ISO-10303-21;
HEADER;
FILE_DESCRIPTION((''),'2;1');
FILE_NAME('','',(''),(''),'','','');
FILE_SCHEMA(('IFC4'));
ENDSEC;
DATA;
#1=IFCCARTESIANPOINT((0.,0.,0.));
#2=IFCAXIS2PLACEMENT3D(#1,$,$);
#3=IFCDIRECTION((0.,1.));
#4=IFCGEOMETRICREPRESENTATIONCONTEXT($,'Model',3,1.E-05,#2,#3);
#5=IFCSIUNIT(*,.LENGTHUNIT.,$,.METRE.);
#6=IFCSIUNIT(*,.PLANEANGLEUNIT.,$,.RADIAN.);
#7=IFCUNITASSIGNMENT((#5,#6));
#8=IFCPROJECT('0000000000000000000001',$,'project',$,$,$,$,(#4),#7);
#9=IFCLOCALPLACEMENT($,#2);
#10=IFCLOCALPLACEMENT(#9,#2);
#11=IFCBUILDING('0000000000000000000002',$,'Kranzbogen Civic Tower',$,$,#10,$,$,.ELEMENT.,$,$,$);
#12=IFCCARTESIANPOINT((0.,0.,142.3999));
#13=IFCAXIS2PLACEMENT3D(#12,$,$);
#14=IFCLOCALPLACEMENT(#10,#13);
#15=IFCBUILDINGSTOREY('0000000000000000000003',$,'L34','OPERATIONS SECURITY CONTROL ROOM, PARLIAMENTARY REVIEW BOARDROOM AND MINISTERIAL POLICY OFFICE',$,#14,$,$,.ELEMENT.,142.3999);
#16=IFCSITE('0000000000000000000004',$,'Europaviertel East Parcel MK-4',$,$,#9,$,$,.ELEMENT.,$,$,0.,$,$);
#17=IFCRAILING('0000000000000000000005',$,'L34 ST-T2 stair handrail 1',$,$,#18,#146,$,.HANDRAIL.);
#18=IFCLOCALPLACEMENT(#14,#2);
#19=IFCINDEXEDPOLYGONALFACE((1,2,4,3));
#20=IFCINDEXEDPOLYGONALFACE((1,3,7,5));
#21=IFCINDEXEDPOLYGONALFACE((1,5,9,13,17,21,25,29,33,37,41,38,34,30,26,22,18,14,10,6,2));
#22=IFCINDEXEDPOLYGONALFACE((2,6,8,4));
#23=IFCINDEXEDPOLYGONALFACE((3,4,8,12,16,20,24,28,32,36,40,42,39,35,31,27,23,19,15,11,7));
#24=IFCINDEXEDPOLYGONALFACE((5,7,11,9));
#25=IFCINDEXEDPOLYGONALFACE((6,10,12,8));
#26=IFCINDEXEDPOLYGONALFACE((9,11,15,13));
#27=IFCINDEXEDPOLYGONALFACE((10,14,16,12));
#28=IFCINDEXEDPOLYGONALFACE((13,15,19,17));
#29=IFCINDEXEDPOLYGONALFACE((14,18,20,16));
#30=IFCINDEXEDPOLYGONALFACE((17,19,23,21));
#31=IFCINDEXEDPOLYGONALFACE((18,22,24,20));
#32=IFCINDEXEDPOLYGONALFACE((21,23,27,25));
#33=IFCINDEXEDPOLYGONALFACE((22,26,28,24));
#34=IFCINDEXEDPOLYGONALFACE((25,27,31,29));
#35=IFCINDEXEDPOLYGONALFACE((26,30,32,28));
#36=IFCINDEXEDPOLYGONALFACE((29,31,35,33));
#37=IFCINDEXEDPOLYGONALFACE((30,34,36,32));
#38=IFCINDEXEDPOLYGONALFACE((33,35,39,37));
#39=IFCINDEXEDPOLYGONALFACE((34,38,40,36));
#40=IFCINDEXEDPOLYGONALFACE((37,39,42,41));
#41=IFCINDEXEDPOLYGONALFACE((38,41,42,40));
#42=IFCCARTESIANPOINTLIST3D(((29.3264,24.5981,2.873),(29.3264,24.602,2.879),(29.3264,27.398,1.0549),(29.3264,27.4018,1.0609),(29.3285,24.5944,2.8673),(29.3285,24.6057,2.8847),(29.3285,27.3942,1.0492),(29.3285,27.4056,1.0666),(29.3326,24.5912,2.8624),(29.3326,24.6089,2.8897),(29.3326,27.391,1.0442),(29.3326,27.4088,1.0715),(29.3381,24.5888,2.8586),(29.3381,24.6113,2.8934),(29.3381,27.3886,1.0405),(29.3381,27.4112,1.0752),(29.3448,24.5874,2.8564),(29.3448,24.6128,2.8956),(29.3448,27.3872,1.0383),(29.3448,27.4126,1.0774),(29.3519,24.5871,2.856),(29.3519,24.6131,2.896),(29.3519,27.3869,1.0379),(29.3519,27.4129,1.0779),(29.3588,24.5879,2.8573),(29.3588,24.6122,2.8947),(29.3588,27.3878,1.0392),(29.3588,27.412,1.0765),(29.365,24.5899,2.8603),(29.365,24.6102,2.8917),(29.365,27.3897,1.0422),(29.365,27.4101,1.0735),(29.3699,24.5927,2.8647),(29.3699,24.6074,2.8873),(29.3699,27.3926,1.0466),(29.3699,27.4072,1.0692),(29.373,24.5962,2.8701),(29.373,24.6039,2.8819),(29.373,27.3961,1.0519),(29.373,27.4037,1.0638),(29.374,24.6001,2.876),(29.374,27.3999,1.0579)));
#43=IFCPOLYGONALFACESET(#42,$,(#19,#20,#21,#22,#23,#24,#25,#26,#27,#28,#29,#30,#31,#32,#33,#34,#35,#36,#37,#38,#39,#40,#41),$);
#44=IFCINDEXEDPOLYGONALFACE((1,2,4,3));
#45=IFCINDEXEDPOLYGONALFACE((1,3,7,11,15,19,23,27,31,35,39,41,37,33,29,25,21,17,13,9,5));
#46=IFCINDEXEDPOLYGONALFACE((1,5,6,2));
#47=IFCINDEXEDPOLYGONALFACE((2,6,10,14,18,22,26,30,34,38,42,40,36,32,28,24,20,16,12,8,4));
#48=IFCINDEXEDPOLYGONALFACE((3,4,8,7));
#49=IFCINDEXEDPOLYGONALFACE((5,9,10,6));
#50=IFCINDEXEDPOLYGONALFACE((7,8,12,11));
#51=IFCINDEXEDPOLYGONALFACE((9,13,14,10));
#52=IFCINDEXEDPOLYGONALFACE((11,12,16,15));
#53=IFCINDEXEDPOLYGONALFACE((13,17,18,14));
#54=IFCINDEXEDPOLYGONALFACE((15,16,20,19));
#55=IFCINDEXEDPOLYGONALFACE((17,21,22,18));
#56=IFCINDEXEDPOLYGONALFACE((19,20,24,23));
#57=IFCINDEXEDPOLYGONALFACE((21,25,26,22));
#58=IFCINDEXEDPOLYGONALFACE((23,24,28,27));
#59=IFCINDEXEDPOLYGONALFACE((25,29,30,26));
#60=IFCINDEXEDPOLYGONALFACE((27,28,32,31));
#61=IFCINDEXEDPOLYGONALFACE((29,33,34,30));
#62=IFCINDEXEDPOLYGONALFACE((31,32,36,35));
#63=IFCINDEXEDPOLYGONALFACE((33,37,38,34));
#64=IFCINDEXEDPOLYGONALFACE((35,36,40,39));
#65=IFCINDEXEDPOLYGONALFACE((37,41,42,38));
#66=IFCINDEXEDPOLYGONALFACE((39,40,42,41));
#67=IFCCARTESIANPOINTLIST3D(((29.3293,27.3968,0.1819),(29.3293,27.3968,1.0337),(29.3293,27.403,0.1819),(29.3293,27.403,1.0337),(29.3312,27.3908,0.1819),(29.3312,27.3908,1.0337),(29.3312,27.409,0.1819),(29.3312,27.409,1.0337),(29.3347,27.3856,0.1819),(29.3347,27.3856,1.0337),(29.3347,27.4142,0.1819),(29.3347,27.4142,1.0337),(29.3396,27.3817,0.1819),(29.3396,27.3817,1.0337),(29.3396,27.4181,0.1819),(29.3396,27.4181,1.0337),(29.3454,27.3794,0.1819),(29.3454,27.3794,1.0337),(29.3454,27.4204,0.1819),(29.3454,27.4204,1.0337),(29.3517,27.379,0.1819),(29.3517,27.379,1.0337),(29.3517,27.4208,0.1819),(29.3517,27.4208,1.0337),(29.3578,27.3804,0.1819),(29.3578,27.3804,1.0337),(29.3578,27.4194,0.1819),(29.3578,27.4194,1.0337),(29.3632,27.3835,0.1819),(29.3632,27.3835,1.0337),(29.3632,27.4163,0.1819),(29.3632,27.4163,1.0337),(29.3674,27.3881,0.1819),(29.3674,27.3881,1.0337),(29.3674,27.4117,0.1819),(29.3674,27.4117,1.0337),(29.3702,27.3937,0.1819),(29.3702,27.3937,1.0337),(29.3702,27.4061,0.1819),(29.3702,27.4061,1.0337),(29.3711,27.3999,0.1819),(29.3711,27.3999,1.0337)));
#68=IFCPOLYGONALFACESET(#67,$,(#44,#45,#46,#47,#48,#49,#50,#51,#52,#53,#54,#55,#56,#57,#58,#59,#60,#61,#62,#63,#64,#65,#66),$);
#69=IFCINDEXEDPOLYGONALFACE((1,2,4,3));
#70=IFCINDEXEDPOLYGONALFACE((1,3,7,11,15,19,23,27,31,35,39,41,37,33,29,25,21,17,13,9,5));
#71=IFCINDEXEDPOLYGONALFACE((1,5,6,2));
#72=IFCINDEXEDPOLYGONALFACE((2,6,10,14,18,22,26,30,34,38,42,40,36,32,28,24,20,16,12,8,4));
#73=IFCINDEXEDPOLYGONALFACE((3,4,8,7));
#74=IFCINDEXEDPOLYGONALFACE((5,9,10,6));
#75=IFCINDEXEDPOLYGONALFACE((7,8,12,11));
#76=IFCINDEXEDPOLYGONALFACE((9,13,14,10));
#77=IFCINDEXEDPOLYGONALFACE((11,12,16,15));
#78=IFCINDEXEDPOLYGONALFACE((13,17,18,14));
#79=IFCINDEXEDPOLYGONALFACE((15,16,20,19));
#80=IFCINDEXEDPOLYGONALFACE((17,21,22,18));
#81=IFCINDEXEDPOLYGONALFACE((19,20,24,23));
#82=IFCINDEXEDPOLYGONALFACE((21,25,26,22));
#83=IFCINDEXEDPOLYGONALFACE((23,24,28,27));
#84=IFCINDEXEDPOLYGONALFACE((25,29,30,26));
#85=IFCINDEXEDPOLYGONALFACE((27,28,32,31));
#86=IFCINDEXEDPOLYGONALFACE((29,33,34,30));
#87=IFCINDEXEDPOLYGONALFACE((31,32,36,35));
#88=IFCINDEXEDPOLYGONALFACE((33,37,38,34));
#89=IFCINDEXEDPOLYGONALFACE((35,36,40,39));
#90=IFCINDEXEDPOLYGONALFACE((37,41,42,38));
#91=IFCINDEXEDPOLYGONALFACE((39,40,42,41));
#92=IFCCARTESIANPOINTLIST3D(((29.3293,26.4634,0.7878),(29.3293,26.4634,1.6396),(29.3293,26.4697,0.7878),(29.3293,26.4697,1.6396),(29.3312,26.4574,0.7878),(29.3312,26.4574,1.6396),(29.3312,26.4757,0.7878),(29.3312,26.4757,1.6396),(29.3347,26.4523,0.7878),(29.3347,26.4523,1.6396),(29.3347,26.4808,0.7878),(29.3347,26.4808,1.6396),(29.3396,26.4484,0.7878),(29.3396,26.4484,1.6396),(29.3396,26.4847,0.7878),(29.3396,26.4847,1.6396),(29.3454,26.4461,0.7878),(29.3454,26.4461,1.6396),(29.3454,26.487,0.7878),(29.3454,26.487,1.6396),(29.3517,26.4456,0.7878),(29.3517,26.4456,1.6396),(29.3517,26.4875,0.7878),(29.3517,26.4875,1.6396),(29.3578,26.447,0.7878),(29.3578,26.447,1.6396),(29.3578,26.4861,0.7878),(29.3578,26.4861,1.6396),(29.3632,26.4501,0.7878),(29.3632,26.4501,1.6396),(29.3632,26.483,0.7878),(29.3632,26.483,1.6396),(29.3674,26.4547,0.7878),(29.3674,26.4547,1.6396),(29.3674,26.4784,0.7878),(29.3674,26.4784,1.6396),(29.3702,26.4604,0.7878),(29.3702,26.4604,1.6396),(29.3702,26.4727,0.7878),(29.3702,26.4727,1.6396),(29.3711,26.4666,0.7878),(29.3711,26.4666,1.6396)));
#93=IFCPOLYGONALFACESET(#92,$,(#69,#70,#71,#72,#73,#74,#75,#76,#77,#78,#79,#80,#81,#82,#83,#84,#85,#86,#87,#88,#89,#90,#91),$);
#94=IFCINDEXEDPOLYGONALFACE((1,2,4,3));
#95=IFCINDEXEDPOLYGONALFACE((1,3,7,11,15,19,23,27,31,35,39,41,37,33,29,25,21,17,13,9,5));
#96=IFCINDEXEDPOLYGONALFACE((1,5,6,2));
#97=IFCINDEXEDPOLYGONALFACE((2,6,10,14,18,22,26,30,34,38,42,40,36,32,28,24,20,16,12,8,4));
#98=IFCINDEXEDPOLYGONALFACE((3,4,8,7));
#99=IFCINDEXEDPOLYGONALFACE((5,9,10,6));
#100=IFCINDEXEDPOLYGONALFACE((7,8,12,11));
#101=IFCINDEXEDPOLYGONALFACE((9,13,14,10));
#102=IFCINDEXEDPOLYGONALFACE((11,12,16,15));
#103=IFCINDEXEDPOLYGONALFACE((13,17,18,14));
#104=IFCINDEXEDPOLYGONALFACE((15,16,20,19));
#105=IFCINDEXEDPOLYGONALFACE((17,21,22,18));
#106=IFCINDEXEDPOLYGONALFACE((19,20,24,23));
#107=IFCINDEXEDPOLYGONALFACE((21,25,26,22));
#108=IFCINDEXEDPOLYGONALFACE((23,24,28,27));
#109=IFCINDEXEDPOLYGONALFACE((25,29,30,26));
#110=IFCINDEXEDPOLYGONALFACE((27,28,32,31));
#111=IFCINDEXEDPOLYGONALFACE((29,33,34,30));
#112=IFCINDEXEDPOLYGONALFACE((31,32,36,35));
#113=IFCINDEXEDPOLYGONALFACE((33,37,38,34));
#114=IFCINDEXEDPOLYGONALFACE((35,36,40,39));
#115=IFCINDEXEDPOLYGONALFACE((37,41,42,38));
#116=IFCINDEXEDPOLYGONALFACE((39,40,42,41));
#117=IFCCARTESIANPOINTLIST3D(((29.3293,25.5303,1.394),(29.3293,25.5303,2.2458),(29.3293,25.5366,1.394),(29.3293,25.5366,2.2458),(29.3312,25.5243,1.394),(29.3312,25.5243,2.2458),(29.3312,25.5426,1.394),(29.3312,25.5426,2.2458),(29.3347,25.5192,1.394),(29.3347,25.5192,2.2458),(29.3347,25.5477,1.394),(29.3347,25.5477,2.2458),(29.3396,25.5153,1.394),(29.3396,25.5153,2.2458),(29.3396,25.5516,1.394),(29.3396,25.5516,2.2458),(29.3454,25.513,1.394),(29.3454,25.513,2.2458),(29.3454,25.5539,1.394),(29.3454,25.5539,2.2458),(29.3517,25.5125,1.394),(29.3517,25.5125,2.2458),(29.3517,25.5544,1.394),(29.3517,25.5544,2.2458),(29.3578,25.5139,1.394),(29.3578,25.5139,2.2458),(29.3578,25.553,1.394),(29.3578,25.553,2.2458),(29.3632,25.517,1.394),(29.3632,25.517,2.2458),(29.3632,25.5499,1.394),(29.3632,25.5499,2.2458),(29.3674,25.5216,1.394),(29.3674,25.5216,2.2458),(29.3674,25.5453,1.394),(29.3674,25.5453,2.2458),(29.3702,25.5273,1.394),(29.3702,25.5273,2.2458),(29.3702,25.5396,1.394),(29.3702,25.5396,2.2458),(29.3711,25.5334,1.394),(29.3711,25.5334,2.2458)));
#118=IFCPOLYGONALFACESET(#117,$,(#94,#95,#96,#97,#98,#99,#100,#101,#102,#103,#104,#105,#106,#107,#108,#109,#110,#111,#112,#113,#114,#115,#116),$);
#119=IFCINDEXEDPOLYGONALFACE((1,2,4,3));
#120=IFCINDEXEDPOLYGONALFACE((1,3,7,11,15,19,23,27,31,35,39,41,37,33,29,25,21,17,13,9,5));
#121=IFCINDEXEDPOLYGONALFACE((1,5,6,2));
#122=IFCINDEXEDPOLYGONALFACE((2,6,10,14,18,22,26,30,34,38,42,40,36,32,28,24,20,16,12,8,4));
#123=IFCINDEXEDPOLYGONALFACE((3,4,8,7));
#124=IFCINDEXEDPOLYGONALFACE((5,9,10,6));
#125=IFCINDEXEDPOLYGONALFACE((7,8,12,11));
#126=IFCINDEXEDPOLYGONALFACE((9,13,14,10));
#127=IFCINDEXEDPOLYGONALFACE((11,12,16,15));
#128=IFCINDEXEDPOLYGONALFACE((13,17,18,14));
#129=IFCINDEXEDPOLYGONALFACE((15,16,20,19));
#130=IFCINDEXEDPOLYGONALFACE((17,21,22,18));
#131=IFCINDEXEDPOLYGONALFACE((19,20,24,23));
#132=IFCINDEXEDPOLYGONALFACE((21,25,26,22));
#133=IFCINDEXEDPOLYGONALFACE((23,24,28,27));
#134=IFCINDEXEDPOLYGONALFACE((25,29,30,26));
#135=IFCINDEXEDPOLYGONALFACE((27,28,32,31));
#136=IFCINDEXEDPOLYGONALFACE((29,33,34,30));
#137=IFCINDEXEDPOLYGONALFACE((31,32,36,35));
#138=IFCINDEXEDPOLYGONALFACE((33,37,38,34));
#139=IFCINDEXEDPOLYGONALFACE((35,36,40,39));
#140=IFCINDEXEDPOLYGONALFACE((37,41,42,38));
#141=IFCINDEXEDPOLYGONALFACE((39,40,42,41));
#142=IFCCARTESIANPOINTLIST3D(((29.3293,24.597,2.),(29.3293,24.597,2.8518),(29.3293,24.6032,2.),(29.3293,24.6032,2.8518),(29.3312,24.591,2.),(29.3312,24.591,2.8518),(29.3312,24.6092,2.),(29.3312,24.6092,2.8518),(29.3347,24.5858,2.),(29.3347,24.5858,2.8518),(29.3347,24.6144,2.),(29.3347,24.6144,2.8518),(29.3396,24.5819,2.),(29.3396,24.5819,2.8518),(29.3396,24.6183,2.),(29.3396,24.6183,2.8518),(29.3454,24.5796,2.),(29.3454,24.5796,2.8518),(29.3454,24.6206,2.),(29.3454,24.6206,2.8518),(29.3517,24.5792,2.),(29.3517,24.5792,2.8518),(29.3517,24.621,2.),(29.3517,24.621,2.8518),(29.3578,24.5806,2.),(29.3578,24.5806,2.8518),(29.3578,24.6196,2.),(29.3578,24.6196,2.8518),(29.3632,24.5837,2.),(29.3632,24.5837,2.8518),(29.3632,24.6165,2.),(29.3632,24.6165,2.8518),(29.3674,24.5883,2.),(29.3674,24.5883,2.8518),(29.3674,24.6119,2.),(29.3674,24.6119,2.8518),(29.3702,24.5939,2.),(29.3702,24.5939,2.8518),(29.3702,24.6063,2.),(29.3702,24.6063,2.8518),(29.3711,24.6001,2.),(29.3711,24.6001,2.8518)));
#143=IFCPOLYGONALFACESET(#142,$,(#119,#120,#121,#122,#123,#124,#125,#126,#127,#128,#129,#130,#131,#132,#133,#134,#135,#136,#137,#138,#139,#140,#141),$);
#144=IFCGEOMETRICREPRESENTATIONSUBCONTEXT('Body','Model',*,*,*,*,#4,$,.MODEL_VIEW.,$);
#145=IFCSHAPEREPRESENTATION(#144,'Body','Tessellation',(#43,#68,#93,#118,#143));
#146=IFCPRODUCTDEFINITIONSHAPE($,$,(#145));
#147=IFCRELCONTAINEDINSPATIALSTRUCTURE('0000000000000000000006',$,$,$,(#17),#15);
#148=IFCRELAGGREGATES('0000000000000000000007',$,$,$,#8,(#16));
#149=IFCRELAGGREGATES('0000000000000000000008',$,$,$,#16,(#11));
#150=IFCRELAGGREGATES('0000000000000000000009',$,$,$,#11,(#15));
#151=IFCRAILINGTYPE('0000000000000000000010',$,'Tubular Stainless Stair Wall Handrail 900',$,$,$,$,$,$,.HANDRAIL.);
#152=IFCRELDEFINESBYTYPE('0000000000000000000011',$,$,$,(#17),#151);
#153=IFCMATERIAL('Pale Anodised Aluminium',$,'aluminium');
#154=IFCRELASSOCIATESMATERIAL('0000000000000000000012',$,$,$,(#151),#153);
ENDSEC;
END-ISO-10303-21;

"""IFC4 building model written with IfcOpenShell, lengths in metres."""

from ifc_helpers import new_model, si_unit, direction, frame, origin, origin_2d, place, context, subcontext, project, spatial, circle, extrude, material, type_object, element, save


model = new_model("IFC4")

# Units and contexts
model_context = context("Model", 3, precision=1e-05, world=origin(), true_north=direction((0.0, 1.0)))
body_context = subcontext(model_context, "Body", "Model", "MODEL_VIEW")
ifc_project = project(units=[si_unit("LENGTHUNIT", "METRE"), si_unit("PLANEANGLEUNIT", "RADIAN")], contexts=[model_context])

# Site, building, storey
site_placement = place(None, origin())
site = spatial("IfcSite", under=ifc_project, at=site_placement, Name="Europaviertel East Parcel MK-4", CompositionType="ELEMENT", RefElevation=0.0)
building_placement = place(site_placement, origin())
building = spatial("IfcBuilding", under=site, at=building_placement, Name="Kranzbogen Civic Tower", CompositionType="ELEMENT")
storey_placement = place(building_placement, frame((0.0, 0.0, 142.3999)))
storey = spatial("IfcBuildingStorey", under=building, at=storey_placement, Name="L34", Description="OPERATIONS SECURITY CONTROL ROOM, PARLIAMENTARY REVIEW BOARDROOM AND MINISTERIAL POLICY OFFICE", CompositionType="ELEMENT", Elevation=142.3999)

# Shared definitions
ifc_material_1 = material(Name="Pale Anodised Aluminium", Category="aluminium")

# Railing
railing_type_1 = type_object("IfcRailingType", Name="Tubular Stainless Stair Wall Handrail 900", PredefinedType="HANDRAIL", material=ifc_material_1)
railing_1_placement = place(storey_placement, frame((29.3501, 27.3999, 0.1819)))
element("IfcRailing", 1, at=railing_1_placement, inside=storey, type_object=railing_type_1, Name="L34 ST-T2 stair handrail 1", PredefinedType="HANDRAIL", context=body_context, shape_type="SweptSolid", body=[
    extrude(circle(Radius=0.0239, at=origin_2d()), frame((0.0, 0.0, 0.876), z_axis=(0.0, -0.838684, 0.544618), x_axis=(1.0, 0.0, 0.0)), (0.0, 0.0, 1.0), 3.3384),
    extrude(circle(Radius=0.021, at=origin_2d()), origin(), (0.0, 0.0, 1.0), 0.8518),
    extrude(circle(Radius=0.021, at=origin_2d()), frame((0.0, -0.9333, 0.606)), (0.0, 0.0, 1.0), 0.8518),
    extrude(circle(Radius=0.021, at=origin_2d()), frame((0.0, -1.8665, 1.2122)), (0.0, 0.0, 1.0), 0.8518),
    extrude(circle(Radius=0.021, at=origin_2d()), frame((0.0, -2.7998, 1.8181)), (0.0, 0.0, 1.0), 0.8518),
])

save(model, "model.ifc")
